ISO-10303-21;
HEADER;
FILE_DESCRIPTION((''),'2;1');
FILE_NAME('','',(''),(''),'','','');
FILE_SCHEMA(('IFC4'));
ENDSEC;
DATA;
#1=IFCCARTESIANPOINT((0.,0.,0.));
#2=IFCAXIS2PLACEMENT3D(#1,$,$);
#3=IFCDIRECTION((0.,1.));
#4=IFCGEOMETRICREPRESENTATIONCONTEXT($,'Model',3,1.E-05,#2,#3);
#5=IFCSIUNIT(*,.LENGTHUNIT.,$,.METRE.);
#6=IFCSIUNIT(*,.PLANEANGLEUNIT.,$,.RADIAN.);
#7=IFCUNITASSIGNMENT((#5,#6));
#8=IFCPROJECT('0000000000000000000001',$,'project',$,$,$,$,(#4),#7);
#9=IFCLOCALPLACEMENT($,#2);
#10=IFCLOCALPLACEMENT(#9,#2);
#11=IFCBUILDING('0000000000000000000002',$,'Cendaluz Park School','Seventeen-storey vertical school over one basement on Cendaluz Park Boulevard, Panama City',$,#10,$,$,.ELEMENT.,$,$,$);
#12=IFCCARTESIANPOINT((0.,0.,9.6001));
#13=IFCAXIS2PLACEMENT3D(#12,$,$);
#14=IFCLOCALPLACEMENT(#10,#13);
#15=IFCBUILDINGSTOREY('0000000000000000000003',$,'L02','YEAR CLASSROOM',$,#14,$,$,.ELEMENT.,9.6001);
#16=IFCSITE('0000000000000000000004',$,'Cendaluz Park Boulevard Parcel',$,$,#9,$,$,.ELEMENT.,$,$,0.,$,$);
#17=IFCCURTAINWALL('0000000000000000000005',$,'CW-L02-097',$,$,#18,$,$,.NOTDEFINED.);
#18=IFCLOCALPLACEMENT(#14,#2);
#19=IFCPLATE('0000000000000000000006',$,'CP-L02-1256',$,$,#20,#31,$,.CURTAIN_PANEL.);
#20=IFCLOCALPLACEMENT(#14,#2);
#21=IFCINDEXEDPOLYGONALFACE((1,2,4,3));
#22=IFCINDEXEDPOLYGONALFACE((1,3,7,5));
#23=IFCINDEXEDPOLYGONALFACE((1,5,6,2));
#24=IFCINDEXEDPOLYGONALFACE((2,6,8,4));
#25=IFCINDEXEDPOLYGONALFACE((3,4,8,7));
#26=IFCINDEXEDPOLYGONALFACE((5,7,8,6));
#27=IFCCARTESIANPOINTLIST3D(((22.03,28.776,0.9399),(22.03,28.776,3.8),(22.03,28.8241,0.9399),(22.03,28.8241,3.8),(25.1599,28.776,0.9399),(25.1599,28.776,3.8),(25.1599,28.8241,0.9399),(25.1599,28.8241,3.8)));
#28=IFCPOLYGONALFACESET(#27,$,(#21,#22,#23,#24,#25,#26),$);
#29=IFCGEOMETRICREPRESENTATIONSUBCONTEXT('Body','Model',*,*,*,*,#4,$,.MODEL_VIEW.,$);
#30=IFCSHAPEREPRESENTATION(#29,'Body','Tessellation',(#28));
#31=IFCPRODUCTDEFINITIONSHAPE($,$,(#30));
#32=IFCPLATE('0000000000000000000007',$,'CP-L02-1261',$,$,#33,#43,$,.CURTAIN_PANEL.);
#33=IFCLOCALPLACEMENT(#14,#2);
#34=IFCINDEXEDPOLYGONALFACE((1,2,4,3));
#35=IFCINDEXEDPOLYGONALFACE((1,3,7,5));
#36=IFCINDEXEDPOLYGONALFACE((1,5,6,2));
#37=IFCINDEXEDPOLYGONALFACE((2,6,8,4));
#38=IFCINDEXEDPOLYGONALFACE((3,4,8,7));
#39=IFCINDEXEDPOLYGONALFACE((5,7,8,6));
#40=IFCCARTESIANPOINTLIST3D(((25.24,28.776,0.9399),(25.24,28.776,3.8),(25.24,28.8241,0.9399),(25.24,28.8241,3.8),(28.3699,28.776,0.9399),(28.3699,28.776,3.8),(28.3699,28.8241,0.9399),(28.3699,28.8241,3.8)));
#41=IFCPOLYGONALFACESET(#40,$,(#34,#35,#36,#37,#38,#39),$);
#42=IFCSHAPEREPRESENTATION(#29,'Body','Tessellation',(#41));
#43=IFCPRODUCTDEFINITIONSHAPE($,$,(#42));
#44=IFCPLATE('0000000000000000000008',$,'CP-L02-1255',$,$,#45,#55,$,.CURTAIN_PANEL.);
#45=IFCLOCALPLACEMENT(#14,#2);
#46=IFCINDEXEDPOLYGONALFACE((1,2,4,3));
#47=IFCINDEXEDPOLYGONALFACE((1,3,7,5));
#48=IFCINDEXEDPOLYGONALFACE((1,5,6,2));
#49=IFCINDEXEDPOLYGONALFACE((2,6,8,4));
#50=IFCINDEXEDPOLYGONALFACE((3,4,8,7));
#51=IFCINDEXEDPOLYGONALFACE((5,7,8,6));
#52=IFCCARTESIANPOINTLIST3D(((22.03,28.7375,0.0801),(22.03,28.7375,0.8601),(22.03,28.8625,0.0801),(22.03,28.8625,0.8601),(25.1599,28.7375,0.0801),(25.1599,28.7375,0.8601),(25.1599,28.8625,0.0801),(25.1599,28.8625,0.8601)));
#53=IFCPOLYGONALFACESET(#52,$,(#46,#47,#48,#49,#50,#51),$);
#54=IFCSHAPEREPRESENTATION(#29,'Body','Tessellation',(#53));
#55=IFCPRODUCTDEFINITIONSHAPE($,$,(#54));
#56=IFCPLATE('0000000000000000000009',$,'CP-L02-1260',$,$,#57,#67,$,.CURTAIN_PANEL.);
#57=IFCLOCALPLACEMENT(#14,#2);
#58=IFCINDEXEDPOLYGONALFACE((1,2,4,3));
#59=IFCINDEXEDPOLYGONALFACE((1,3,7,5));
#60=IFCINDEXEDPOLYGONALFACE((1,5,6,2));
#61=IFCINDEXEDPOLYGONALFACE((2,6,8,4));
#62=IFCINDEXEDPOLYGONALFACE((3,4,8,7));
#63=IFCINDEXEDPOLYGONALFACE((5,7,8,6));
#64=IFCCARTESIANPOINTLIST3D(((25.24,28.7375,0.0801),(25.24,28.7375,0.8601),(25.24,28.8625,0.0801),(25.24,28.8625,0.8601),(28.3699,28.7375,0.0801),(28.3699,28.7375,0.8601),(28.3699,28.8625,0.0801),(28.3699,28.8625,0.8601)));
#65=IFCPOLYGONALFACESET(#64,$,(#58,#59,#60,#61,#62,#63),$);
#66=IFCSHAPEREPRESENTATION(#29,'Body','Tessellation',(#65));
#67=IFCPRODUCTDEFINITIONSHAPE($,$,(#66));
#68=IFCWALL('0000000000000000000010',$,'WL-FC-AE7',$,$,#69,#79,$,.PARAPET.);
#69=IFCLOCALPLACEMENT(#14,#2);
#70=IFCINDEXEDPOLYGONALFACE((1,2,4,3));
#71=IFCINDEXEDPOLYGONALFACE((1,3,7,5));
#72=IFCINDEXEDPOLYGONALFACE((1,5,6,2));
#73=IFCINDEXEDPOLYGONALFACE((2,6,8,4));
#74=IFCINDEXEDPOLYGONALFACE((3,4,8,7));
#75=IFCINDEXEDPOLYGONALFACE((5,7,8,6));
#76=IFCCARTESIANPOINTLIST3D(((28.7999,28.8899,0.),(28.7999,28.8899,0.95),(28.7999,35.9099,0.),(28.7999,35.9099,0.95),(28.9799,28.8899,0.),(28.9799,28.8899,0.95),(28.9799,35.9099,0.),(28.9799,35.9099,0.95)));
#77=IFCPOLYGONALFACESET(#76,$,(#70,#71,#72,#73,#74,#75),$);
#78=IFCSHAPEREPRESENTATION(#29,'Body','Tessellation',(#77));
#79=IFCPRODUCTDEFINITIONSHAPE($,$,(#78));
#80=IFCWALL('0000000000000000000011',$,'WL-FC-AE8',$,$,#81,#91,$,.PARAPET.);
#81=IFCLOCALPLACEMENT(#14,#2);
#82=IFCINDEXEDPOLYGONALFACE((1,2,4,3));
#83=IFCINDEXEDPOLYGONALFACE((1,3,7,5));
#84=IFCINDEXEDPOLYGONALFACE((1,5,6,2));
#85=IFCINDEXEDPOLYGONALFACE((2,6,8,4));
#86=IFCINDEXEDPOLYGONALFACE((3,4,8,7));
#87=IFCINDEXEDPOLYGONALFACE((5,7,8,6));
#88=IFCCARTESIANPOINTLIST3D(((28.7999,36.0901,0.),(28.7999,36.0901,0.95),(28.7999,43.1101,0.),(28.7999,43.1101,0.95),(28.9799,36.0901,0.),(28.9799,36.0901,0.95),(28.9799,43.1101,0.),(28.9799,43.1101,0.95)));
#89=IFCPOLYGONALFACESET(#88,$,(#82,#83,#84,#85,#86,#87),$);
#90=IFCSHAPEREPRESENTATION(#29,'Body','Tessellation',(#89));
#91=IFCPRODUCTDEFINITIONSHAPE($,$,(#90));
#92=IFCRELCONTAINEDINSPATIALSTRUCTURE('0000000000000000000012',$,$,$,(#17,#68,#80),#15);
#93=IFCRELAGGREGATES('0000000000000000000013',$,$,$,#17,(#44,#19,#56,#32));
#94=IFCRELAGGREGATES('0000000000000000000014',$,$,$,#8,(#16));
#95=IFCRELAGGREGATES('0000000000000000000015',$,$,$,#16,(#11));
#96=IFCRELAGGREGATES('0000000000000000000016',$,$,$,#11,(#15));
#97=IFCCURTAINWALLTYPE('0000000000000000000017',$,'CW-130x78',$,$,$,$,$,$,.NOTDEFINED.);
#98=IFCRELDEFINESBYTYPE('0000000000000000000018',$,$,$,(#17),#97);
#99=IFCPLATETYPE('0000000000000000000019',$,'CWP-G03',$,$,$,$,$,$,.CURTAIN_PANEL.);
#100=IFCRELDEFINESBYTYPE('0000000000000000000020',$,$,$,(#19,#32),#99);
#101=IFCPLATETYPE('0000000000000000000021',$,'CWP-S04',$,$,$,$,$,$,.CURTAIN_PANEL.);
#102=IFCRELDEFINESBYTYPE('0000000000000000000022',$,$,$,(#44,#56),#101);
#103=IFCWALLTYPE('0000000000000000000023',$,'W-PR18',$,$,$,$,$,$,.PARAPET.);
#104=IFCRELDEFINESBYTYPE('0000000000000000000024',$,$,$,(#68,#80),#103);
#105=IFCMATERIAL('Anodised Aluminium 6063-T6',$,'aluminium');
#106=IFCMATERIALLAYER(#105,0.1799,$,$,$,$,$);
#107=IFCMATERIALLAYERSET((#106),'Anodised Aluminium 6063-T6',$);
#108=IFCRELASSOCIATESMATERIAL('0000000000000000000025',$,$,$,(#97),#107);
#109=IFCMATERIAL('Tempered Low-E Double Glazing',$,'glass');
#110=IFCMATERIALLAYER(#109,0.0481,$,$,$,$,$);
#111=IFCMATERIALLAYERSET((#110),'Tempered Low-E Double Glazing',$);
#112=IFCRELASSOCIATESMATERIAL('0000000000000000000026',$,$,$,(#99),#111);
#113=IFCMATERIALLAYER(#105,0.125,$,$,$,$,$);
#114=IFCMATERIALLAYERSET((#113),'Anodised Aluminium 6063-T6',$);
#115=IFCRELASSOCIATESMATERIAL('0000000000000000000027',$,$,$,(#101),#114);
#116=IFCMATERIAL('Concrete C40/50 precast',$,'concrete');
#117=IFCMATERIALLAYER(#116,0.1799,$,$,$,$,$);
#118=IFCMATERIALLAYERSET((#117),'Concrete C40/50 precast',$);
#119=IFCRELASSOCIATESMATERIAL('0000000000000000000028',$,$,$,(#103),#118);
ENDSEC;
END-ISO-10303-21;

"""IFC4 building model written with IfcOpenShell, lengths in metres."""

from ifc_helpers import new_model, si_unit, direction, frame, frame_2d, origin, origin_2d, place, context, subcontext, project, spatial, rectangle, extrude, material, layer, layer_set, type_object, element, aggregate, save


model = new_model("IFC4")

# Units and contexts
model_context = context("Model", 3, precision=1e-05, world=origin(), true_north=direction((0.0, 1.0)))
body_context = subcontext(model_context, "Body", "Model", "MODEL_VIEW")
ifc_project = project(units=[si_unit("LENGTHUNIT", "METRE"), si_unit("PLANEANGLEUNIT", "RADIAN")], contexts=[model_context])

# Site, building, storey
site_placement = place(None, origin())
site = spatial("IfcSite", under=ifc_project, at=site_placement, Name="Cendaluz Park Boulevard Parcel", CompositionType="ELEMENT", RefElevation=0.0)
building_placement = place(site_placement, origin())
building = spatial("IfcBuilding", under=site, at=building_placement, Name="Cendaluz Park School", Description="Seventeen-storey vertical school over one basement on Cendaluz Park Boulevard, Panama City", CompositionType="ELEMENT")
storey_placement = place(building_placement, frame((0.0, 0.0, 9.6001)))
storey = spatial("IfcBuildingStorey", under=building, at=storey_placement, Name="L02", Description="YEAR CLASSROOM", CompositionType="ELEMENT", Elevation=9.6001)

# Curtain wall
ifc_material_1 = material(Name="Anodised Aluminium 6063-T6", Category="aluminium")
ifc_layer_1 = layer(ifc_material_1, 0.1799)
ifc_layer_set_1 = layer_set([ifc_layer_1], Name="Anodised Aluminium 6063-T6")
curtain_wall_type = type_object("IfcCurtainWallType", Name="CW-130x78", PredefinedType="NOTDEFINED", material=ifc_layer_set_1)
curtain_wall_1_placement = place(storey_placement, origin())
curtain_wall_1 = element("IfcCurtainWall", 1, at=curtain_wall_1_placement, inside=storey, type_object=curtain_wall_type, Name="CW-L02-097", PredefinedType="NOTDEFINED")

# Plates
ifc_material_2 = material(Name="Tempered Low-E Double Glazing", Category="glass")
ifc_layer_2 = layer(ifc_material_2, 0.0481)
ifc_layer_set_2 = layer_set([ifc_layer_2], Name="Tempered Low-E Double Glazing")
plate_type_1 = type_object("IfcPlateType", Name="CWP-G03", PredefinedType="CURTAIN_PANEL", material=ifc_layer_set_2)
plate_1_placement = place(storey_placement, frame((23.595, 28.8, 0.9399), z_axis=(0.0, 0.0, 1.0), x_axis=(1.0, 0.0, 0.0)))
plate_1 = element("IfcPlate", 2, at=plate_1_placement, type_object=plate_type_1, Name="CP-L02-1256", PredefinedType="CURTAIN_PANEL", context=body_context, shape_type="SweptSolid", body=[
    extrude(rectangle(XDim=3.1299, YDim=0.0481, at=origin_2d()), origin(), (0.0, 0.0, 1.0), 2.8601),
])
plate_2_placement = place(storey_placement, frame((26.8049, 28.8, 0.9399), z_axis=(0.0, 0.0, 1.0), x_axis=(1.0, 0.0, 0.0)))
plate_2 = element("IfcPlate", 3, at=plate_2_placement, type_object=plate_type_1, Name="CP-L02-1261", PredefinedType="CURTAIN_PANEL", context=body_context, shape_type="SweptSolid", body=[
    extrude(rectangle(XDim=3.1299, YDim=0.0481, at=origin_2d()), origin(), (0.0, 0.0, 1.0), 2.8601),
])
ifc_layer_3 = layer(ifc_material_1, 0.125)
ifc_layer_set_3 = layer_set([ifc_layer_3], Name="Anodised Aluminium 6063-T6")
plate_type_2 = type_object("IfcPlateType", Name="CWP-S04", PredefinedType="CURTAIN_PANEL", material=ifc_layer_set_3)
plate_3_placement = place(storey_placement, frame((23.595, 28.8, 0.0801), z_axis=(0.0, 0.0, 1.0), x_axis=(1.0, 0.0, 0.0)))
plate_3 = element("IfcPlate", 4, at=plate_3_placement, type_object=plate_type_2, Name="CP-L02-1255", PredefinedType="CURTAIN_PANEL", context=body_context, shape_type="SweptSolid", body=[
    extrude(rectangle(XDim=3.1299, YDim=0.125, at=origin_2d()), origin(), (0.0, 0.0, 1.0), 0.78),
])
plate_4_placement = place(storey_placement, frame((26.8049, 28.8, 0.0801), z_axis=(0.0, 0.0, 1.0), x_axis=(1.0, 0.0, 0.0)))
plate_4 = element("IfcPlate", 5, at=plate_4_placement, type_object=plate_type_2, Name="CP-L02-1260", PredefinedType="CURTAIN_PANEL", context=body_context, shape_type="SweptSolid", body=[
    extrude(rectangle(XDim=3.1299, YDim=0.125, at=origin_2d()), origin(), (0.0, 0.0, 1.0), 0.78),
])
aggregate(curtain_wall_1, [plate_3, plate_1, plate_4, plate_2])

# Walls
ifc_material_3 = material(Name="Concrete C40/50 precast", Category="concrete")
ifc_layer_4 = layer(ifc_material_3, 0.1799)
ifc_layer_set_4 = layer_set([ifc_layer_4], Name="Concrete C40/50 precast")
wall_type = type_object("IfcWallType", Name="W-PR18", PredefinedType="PARAPET", material=ifc_layer_set_4)
for number, where, z_axis, x_axis, name in (
    (6, (28.8899, 28.8899, 0.0), (0.0, 0.0, 1.0), (0.0, 1.0, 0.0), "WL-FC-AE7"),
    (7, (28.8899, 36.0901, 0.0), (0.0, 0.0, 1.0), (0.0, 1.0, 0.0), "WL-FC-AE8"),
):
    element("IfcWall", number, at=place(storey_placement, frame(where, z_axis=z_axis, x_axis=x_axis)), inside=storey, type_object=wall_type, Name=name, PredefinedType="PARAPET", context=body_context, shape_type="SweptSolid", body=[
        extrude(rectangle(XDim=7.02, YDim=0.1799, at=frame_2d((3.51, 0.0))), origin(), (0.0, 0.0, 1.0), 0.95),
    ])

save(model, "model.ifc")
